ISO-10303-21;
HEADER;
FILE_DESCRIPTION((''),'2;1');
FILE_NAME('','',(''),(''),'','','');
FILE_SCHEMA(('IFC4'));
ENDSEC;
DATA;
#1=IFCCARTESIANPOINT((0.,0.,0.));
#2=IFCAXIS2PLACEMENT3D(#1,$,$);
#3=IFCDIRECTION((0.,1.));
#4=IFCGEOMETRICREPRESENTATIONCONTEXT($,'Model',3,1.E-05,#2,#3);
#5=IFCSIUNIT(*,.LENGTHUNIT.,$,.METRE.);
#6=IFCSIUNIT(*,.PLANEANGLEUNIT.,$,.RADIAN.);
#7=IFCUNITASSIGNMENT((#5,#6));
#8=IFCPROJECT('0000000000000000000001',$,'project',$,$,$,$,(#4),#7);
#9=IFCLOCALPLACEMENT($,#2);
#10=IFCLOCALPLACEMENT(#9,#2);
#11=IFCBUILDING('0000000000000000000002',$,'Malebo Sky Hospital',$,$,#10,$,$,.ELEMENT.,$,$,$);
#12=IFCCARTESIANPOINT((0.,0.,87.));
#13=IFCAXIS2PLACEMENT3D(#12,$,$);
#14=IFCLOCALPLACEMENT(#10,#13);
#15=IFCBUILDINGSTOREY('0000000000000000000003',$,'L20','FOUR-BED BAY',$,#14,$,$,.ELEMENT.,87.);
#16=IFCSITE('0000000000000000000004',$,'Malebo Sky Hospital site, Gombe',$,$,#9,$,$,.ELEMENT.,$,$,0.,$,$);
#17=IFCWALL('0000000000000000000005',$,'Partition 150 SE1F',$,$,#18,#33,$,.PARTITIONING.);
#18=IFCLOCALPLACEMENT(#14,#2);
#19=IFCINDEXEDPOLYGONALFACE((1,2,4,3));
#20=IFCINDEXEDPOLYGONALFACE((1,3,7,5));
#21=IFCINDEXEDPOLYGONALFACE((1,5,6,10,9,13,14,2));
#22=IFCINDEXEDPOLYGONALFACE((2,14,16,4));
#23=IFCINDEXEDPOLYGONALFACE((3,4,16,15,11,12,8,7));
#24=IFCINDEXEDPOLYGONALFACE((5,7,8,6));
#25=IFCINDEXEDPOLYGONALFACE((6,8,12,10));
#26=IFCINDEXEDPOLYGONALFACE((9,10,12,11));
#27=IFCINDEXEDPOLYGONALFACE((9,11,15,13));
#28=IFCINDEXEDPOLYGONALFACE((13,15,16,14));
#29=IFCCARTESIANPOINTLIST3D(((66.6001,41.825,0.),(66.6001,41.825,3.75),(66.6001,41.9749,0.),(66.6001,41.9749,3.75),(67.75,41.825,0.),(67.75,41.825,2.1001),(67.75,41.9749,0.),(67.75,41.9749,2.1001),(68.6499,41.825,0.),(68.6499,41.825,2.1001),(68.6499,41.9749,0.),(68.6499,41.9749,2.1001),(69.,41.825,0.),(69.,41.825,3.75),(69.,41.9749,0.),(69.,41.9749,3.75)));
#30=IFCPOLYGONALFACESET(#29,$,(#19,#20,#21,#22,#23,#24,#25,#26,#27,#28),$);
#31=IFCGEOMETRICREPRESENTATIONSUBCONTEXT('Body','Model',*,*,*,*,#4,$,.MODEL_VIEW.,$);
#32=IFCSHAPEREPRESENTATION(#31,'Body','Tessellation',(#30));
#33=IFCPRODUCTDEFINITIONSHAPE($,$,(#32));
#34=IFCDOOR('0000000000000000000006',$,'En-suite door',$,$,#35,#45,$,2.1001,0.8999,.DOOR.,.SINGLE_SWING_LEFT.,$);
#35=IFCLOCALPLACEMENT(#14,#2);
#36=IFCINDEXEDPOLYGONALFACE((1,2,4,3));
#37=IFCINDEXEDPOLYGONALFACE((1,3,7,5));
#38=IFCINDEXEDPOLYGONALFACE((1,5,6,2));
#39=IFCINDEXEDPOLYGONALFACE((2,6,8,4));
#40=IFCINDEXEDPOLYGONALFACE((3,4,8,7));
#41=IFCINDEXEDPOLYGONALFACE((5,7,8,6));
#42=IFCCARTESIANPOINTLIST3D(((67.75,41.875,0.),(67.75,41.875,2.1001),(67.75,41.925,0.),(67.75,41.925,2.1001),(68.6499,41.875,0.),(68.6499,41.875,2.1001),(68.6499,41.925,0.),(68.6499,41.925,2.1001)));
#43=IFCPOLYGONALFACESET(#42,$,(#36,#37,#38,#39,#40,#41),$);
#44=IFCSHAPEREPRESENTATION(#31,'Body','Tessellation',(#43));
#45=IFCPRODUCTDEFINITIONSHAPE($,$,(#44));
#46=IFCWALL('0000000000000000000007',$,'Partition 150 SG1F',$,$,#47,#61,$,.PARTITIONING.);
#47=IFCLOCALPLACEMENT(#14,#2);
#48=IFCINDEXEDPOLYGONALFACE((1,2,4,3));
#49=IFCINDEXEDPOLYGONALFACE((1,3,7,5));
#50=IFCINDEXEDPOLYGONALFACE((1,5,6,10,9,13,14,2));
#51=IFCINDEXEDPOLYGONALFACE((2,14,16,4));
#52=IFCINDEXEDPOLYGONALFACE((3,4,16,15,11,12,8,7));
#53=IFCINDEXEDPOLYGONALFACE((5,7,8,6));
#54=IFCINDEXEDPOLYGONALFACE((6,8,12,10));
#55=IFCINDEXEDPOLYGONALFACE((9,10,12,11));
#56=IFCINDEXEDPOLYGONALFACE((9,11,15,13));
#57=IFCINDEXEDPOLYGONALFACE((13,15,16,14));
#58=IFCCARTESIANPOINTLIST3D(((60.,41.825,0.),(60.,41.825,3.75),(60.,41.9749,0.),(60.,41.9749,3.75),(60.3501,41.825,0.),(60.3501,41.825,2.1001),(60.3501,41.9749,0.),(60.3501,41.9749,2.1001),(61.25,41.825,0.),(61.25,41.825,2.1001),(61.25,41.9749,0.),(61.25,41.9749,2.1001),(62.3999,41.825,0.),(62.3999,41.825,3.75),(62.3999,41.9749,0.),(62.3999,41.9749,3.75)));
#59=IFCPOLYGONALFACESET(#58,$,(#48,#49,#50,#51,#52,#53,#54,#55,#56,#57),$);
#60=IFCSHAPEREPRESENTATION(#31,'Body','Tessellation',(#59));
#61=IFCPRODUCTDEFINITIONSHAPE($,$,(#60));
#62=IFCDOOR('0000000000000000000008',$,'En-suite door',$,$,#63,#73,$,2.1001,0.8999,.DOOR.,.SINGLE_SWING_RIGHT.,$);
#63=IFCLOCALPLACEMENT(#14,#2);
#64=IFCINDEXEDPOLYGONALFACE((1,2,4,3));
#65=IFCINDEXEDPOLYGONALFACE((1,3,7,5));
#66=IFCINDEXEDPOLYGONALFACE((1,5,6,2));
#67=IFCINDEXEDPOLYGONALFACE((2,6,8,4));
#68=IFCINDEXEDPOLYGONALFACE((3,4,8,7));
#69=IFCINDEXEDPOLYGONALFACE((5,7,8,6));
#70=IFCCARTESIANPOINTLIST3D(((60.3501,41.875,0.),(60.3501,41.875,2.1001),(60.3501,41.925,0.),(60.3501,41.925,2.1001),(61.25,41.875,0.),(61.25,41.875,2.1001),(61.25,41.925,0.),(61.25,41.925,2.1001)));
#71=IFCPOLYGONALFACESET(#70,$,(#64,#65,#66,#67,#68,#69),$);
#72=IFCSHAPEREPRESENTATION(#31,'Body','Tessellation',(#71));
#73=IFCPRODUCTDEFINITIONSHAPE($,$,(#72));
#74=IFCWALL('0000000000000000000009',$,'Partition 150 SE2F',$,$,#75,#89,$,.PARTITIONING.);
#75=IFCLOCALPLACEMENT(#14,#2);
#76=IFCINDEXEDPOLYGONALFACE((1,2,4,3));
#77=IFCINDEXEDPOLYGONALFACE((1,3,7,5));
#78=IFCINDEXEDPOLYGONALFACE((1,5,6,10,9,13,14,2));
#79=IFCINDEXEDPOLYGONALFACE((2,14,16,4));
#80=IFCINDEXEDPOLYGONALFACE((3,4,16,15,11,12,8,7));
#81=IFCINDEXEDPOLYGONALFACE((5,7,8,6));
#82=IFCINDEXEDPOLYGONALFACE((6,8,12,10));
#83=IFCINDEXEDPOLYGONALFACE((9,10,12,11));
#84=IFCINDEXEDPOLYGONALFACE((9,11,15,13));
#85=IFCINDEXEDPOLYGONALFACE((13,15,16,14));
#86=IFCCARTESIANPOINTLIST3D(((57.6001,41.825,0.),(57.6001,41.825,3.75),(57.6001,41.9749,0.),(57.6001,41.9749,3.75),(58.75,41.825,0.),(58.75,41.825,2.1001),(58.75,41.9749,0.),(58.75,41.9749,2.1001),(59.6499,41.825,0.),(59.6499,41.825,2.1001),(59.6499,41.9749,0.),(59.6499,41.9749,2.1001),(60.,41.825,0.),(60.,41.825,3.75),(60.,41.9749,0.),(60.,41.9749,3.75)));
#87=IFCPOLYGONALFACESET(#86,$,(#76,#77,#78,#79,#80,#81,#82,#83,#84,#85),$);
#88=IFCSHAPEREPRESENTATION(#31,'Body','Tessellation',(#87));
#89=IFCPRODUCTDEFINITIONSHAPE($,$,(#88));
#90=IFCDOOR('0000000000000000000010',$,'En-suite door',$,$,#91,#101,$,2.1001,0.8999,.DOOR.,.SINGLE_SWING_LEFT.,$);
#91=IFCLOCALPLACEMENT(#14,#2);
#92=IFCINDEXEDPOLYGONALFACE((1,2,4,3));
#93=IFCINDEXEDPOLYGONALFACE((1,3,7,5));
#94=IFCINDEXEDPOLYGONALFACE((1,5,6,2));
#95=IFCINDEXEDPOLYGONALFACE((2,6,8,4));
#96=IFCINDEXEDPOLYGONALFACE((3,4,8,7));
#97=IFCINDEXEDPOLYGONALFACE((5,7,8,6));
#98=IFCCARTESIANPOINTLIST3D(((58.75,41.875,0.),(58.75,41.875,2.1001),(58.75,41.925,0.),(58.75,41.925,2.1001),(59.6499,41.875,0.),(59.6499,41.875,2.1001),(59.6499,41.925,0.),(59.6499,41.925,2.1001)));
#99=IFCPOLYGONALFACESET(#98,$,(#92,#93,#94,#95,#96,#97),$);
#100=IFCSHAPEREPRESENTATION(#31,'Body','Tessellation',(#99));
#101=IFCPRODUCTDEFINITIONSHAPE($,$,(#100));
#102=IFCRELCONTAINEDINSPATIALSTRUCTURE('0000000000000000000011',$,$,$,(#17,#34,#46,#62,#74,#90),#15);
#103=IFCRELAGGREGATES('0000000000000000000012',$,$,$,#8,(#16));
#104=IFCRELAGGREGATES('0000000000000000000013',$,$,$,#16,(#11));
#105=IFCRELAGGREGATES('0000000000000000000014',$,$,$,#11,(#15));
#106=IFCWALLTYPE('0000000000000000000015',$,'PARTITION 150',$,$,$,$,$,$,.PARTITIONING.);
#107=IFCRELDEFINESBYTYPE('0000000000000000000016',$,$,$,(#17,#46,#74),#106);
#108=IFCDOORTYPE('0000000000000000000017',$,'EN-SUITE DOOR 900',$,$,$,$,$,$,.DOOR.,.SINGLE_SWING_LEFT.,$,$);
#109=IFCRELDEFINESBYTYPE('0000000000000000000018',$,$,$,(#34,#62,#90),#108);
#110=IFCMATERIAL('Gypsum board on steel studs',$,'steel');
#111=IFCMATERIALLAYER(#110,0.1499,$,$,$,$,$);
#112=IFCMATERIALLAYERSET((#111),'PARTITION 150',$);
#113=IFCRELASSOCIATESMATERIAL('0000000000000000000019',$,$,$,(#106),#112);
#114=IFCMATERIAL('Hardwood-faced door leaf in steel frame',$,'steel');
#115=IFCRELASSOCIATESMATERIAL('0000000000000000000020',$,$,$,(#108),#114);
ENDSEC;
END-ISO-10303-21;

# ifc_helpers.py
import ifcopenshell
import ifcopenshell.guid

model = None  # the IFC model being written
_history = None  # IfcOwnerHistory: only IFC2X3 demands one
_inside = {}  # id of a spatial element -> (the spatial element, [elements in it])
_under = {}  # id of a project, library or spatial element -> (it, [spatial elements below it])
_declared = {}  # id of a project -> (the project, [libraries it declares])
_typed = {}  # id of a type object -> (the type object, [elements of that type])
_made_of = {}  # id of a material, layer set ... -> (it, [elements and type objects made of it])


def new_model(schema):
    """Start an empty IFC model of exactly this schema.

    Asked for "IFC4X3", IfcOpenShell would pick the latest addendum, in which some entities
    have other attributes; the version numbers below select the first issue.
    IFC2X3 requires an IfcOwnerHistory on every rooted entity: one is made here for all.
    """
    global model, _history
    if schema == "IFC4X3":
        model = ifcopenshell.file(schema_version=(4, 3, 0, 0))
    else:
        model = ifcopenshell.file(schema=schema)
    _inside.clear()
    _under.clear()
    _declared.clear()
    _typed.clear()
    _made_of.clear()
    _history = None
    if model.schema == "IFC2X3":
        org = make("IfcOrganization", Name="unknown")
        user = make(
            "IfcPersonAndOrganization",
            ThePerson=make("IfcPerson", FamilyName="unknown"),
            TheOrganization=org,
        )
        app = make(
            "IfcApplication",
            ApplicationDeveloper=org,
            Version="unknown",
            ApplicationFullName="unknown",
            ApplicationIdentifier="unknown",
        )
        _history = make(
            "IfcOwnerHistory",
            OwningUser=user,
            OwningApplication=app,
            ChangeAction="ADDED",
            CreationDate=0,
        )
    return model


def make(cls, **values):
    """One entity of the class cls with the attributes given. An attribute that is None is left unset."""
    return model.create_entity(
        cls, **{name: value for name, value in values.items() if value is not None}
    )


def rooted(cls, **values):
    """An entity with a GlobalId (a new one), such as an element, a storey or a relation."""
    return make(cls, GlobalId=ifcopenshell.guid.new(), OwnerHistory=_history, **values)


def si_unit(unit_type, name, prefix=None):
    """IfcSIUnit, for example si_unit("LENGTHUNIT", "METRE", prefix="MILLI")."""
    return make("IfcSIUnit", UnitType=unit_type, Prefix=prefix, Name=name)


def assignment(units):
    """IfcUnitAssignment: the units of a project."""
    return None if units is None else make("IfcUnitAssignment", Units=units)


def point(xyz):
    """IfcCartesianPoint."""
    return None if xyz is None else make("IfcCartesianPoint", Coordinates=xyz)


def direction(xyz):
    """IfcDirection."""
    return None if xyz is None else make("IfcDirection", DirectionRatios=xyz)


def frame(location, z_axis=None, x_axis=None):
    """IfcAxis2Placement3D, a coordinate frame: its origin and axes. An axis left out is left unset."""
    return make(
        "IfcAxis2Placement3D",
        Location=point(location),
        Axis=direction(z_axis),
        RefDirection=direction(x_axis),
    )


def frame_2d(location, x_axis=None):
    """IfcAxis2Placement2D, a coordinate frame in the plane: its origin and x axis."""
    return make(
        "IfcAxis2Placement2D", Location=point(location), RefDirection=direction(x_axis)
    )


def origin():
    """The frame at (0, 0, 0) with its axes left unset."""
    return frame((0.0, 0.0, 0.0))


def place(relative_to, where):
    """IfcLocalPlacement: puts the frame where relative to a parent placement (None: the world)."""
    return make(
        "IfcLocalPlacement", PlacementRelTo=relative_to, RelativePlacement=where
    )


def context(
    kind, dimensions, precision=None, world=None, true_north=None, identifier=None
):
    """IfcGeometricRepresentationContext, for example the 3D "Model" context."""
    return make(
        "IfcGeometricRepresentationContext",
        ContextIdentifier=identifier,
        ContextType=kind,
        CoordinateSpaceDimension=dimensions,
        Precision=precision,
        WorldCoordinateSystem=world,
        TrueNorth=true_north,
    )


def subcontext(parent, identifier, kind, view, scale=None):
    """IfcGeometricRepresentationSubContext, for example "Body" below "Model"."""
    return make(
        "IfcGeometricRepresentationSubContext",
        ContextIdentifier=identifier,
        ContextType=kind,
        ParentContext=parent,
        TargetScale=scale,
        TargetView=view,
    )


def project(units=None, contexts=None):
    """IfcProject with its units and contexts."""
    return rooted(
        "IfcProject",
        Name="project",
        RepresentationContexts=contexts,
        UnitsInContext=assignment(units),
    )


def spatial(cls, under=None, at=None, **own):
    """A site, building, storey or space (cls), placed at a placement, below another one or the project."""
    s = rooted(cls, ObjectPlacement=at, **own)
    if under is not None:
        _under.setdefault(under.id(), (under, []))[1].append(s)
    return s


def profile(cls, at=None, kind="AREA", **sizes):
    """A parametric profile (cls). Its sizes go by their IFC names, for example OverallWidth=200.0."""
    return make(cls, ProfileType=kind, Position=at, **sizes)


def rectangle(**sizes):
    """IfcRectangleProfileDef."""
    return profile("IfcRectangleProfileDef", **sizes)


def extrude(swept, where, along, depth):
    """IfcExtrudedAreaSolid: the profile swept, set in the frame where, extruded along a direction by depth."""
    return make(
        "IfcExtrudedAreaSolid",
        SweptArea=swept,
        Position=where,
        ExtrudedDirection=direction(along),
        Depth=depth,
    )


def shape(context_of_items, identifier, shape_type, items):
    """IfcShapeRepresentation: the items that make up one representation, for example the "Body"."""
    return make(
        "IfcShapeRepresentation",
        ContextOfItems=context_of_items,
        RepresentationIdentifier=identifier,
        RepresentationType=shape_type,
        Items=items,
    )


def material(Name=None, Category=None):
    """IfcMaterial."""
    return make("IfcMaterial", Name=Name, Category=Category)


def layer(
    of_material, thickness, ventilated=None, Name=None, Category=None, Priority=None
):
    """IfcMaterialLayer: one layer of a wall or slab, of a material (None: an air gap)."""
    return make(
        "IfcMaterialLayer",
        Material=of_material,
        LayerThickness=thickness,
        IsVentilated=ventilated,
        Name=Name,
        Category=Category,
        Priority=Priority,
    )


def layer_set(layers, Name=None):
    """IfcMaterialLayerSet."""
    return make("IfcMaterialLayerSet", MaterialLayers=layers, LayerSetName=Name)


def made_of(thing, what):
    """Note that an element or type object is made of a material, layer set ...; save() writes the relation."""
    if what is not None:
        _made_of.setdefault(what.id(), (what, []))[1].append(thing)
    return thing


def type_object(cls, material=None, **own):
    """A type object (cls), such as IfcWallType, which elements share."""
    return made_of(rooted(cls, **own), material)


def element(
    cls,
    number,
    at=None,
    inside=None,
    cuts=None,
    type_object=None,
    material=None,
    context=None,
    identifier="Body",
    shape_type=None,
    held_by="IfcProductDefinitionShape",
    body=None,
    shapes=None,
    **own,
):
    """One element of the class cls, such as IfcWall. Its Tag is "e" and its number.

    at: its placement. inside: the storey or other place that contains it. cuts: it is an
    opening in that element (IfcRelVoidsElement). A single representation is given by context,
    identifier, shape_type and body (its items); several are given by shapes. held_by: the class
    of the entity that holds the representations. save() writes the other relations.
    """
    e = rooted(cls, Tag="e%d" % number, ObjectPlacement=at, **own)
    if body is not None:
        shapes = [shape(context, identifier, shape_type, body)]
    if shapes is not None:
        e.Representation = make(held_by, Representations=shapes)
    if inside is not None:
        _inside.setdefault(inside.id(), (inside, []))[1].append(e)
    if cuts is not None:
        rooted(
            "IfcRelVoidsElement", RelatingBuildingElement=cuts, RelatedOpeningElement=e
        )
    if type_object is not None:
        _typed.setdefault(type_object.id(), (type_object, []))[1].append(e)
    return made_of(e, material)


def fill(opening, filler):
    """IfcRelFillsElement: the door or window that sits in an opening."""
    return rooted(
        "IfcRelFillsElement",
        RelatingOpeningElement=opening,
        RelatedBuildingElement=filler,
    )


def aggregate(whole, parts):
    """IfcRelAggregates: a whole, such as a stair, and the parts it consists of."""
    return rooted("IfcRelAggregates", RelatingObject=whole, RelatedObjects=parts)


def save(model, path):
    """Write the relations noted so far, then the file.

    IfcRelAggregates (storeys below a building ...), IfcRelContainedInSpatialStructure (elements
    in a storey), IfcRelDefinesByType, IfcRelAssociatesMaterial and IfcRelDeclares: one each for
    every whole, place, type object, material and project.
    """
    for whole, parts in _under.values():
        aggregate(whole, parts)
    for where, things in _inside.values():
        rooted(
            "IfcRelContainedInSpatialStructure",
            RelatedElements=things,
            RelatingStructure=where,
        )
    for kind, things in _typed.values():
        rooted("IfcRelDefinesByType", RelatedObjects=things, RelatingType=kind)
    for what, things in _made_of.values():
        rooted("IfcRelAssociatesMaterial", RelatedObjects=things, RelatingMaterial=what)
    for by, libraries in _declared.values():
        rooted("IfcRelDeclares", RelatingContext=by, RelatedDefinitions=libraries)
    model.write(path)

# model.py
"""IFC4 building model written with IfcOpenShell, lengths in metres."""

from ifc_helpers import new_model, si_unit, direction, frame, frame_2d, origin, place, context, subcontext, project, spatial, rectangle, extrude, material, layer, layer_set, type_object, element, fill, save


model = new_model("IFC4")

# Units and contexts
model_context = context("Model", 3, precision=1e-05, world=origin(), true_north=direction((0.0, 1.0)))
body_context = subcontext(model_context, "Body", "Model", "MODEL_VIEW")
ifc_project = project(units=[si_unit("LENGTHUNIT", "METRE"), si_unit("PLANEANGLEUNIT", "RADIAN")], contexts=[model_context])

# Site, building, storey
site_placement = place(None, origin())
site = spatial("IfcSite", under=ifc_project, at=site_placement, Name="Malebo Sky Hospital site, Gombe", CompositionType="ELEMENT", RefElevation=0.0)
building_placement = place(site_placement, origin())
building = spatial("IfcBuilding", under=site, at=building_placement, Name="Malebo Sky Hospital", CompositionType="ELEMENT")
storey_placement = place(building_placement, frame((0.0, 0.0, 87.0)))
storey = spatial("IfcBuildingStorey", under=building, at=storey_placement, Name="L20", Description="FOUR-BED BAY", CompositionType="ELEMENT", Elevation=87.0)

# Shared definitions
ifc_material_1 = material(Name="Gypsum board on steel studs", Category="steel")
ifc_layer_1 = layer(ifc_material_1, 0.1499)
ifc_layer_set_1 = layer_set([ifc_layer_1], Name="PARTITION 150")
wall_type = type_object("IfcWallType", Name="PARTITION 150", PredefinedType="PARTITIONING", material=ifc_layer_set_1)

# Walls, openings, doors
ifc_material_2 = material(Name="Hardwood-faced door leaf in steel frame", Category="steel")
door_type = type_object("IfcDoorType", Name="EN-SUITE DOOR 900", OperationType="SINGLE_SWING_LEFT", PredefinedType="DOOR", material=ifc_material_2)
wall_1_placement = place(storey_placement, frame((69.0, 41.8999, 0.0), z_axis=(0.0, 0.0, 1.0), x_axis=(-1.0, 0.0, 0.0)))
wall_1 = element("IfcWall", 1, at=wall_1_placement, inside=storey, type_object=wall_type, Name="Partition 150 SE1F", PredefinedType="PARTITIONING", context=body_context, shape_type="SweptSolid", body=[
    extrude(rectangle(XDim=2.3999, YDim=0.1499, at=frame_2d((1.2, 0.0))), origin(), (0.0, 0.0, 1.0), 3.75),
])
opening_1_placement = place(wall_1_placement, frame((0.3501, 0.0, 0.0)))
opening_1 = element("IfcOpeningElement", 2, at=opening_1_placement, cuts=wall_1, PredefinedType="OPENING", context=body_context, shape_type="SweptSolid", body=[
    extrude(rectangle(XDim=0.8999, YDim=2.1001, at=frame_2d((0.45, 1.05))), frame((0.0, 0.085, 0.0), z_axis=(0.0, -1.0, 0.0), x_axis=(1.0, 0.0, 0.0)), (0.0, 0.0, 1.0), 0.1699),
])
door_1_placement = place(opening_1_placement, origin())
door_1 = element("IfcDoor", 3, at=door_1_placement, inside=storey, type_object=door_type, Name="En-suite door", OperationType="SINGLE_SWING_LEFT", OverallHeight=2.1001, OverallWidth=0.8999, PredefinedType="DOOR", context=body_context, shape_type="SweptSolid", body=[
    extrude(rectangle(XDim=0.8999, YDim=2.1001, at=frame_2d((0.45, 1.05))), frame((0.0, 0.0249, 0.0), z_axis=(0.0, -1.0, 0.0), x_axis=(1.0, 0.0, 0.0)), (0.0, 0.0, 1.0), 0.05),
])
fill(opening_1, door_1)
wall_2_placement = place(storey_placement, frame((62.3999, 41.8999, 0.0), z_axis=(0.0, 0.0, 1.0), x_axis=(-1.0, 0.0, 0.0)))
wall_2 = element("IfcWall", 4, at=wall_2_placement, inside=storey, type_object=wall_type, Name="Partition 150 SG1F", PredefinedType="PARTITIONING", context=body_context, shape_type="SweptSolid", body=[
    extrude(rectangle(XDim=2.3999, YDim=0.1499, at=frame_2d((1.2, 0.0))), origin(), (0.0, 0.0, 1.0), 3.75),
])
opening_2_placement = place(wall_2_placement, frame((1.1499, 0.0, 0.0)))
opening_2 = element("IfcOpeningElement", 5, at=opening_2_placement, cuts=wall_2, PredefinedType="OPENING", context=body_context, shape_type="SweptSolid", body=[
    extrude(rectangle(XDim=0.8999, YDim=2.1001, at=frame_2d((0.45, 1.05))), frame((0.0, 0.085, 0.0), z_axis=(0.0, -1.0, 0.0), x_axis=(1.0, 0.0, 0.0)), (0.0, 0.0, 1.0), 0.1699),
])
door_2_placement = place(opening_2_placement, origin())
door_2 = element("IfcDoor", 6, at=door_2_placement, inside=storey, type_object=door_type, Name="En-suite door", OperationType="SINGLE_SWING_RIGHT", OverallHeight=2.1001, OverallWidth=0.8999, PredefinedType="DOOR", context=body_context, shape_type="SweptSolid", body=[
    extrude(rectangle(XDim=0.8999, YDim=2.1001, at=frame_2d((0.45, 1.05))), frame((0.0, 0.0249, 0.0), z_axis=(0.0, -1.0, 0.0), x_axis=(1.0, 0.0, 0.0)), (0.0, 0.0, 1.0), 0.05),
])
fill(opening_2, door_2)
wall_3_placement = place(storey_placement, frame((60.0, 41.8999, 0.0), z_axis=(0.0, 0.0, 1.0), x_axis=(-1.0, 0.0, 0.0)))
wall_3 = element("IfcWall", 7, at=wall_3_placement, inside=storey, type_object=wall_type, Name="Partition 150 SE2F", PredefinedType="PARTITIONING", context=body_context, shape_type="SweptSolid", body=[
    extrude(rectangle(XDim=2.3999, YDim=0.1499, at=frame_2d((1.2, 0.0))), origin(), (0.0, 0.0, 1.0), 3.75),
])
opening_3_placement = place(wall_3_placement, frame((0.3501, 0.0, 0.0)))
opening_3 = element("IfcOpeningElement", 8, at=opening_3_placement, cuts=wall_3, PredefinedType="OPENING", context=body_context, shape_type="SweptSolid", body=[
    extrude(rectangle(XDim=0.8999, YDim=2.1001, at=frame_2d((0.45, 1.05))), frame((0.0, 0.085, 0.0), z_axis=(0.0, -1.0, 0.0), x_axis=(1.0, 0.0, 0.0)), (0.0, 0.0, 1.0), 0.1699),
])
door_3_placement = place(opening_3_placement, origin())
door_3 = element("IfcDoor", 9, at=door_3_placement, inside=storey, type_object=door_type, Name="En-suite door", OperationType="SINGLE_SWING_LEFT", OverallHeight=2.1001, OverallWidth=0.8999, PredefinedType="DOOR", context=body_context, shape_type="SweptSolid", body=[
    extrude(rectangle(XDim=0.8999, YDim=2.1001, at=frame_2d((0.45, 1.05))), frame((0.0, 0.0249, 0.0), z_axis=(0.0, -1.0, 0.0), x_axis=(1.0, 0.0, 0.0)), (0.0, 0.0, 1.0), 0.05),
])
fill(opening_3, door_3)

save(model, "model.ifc")
